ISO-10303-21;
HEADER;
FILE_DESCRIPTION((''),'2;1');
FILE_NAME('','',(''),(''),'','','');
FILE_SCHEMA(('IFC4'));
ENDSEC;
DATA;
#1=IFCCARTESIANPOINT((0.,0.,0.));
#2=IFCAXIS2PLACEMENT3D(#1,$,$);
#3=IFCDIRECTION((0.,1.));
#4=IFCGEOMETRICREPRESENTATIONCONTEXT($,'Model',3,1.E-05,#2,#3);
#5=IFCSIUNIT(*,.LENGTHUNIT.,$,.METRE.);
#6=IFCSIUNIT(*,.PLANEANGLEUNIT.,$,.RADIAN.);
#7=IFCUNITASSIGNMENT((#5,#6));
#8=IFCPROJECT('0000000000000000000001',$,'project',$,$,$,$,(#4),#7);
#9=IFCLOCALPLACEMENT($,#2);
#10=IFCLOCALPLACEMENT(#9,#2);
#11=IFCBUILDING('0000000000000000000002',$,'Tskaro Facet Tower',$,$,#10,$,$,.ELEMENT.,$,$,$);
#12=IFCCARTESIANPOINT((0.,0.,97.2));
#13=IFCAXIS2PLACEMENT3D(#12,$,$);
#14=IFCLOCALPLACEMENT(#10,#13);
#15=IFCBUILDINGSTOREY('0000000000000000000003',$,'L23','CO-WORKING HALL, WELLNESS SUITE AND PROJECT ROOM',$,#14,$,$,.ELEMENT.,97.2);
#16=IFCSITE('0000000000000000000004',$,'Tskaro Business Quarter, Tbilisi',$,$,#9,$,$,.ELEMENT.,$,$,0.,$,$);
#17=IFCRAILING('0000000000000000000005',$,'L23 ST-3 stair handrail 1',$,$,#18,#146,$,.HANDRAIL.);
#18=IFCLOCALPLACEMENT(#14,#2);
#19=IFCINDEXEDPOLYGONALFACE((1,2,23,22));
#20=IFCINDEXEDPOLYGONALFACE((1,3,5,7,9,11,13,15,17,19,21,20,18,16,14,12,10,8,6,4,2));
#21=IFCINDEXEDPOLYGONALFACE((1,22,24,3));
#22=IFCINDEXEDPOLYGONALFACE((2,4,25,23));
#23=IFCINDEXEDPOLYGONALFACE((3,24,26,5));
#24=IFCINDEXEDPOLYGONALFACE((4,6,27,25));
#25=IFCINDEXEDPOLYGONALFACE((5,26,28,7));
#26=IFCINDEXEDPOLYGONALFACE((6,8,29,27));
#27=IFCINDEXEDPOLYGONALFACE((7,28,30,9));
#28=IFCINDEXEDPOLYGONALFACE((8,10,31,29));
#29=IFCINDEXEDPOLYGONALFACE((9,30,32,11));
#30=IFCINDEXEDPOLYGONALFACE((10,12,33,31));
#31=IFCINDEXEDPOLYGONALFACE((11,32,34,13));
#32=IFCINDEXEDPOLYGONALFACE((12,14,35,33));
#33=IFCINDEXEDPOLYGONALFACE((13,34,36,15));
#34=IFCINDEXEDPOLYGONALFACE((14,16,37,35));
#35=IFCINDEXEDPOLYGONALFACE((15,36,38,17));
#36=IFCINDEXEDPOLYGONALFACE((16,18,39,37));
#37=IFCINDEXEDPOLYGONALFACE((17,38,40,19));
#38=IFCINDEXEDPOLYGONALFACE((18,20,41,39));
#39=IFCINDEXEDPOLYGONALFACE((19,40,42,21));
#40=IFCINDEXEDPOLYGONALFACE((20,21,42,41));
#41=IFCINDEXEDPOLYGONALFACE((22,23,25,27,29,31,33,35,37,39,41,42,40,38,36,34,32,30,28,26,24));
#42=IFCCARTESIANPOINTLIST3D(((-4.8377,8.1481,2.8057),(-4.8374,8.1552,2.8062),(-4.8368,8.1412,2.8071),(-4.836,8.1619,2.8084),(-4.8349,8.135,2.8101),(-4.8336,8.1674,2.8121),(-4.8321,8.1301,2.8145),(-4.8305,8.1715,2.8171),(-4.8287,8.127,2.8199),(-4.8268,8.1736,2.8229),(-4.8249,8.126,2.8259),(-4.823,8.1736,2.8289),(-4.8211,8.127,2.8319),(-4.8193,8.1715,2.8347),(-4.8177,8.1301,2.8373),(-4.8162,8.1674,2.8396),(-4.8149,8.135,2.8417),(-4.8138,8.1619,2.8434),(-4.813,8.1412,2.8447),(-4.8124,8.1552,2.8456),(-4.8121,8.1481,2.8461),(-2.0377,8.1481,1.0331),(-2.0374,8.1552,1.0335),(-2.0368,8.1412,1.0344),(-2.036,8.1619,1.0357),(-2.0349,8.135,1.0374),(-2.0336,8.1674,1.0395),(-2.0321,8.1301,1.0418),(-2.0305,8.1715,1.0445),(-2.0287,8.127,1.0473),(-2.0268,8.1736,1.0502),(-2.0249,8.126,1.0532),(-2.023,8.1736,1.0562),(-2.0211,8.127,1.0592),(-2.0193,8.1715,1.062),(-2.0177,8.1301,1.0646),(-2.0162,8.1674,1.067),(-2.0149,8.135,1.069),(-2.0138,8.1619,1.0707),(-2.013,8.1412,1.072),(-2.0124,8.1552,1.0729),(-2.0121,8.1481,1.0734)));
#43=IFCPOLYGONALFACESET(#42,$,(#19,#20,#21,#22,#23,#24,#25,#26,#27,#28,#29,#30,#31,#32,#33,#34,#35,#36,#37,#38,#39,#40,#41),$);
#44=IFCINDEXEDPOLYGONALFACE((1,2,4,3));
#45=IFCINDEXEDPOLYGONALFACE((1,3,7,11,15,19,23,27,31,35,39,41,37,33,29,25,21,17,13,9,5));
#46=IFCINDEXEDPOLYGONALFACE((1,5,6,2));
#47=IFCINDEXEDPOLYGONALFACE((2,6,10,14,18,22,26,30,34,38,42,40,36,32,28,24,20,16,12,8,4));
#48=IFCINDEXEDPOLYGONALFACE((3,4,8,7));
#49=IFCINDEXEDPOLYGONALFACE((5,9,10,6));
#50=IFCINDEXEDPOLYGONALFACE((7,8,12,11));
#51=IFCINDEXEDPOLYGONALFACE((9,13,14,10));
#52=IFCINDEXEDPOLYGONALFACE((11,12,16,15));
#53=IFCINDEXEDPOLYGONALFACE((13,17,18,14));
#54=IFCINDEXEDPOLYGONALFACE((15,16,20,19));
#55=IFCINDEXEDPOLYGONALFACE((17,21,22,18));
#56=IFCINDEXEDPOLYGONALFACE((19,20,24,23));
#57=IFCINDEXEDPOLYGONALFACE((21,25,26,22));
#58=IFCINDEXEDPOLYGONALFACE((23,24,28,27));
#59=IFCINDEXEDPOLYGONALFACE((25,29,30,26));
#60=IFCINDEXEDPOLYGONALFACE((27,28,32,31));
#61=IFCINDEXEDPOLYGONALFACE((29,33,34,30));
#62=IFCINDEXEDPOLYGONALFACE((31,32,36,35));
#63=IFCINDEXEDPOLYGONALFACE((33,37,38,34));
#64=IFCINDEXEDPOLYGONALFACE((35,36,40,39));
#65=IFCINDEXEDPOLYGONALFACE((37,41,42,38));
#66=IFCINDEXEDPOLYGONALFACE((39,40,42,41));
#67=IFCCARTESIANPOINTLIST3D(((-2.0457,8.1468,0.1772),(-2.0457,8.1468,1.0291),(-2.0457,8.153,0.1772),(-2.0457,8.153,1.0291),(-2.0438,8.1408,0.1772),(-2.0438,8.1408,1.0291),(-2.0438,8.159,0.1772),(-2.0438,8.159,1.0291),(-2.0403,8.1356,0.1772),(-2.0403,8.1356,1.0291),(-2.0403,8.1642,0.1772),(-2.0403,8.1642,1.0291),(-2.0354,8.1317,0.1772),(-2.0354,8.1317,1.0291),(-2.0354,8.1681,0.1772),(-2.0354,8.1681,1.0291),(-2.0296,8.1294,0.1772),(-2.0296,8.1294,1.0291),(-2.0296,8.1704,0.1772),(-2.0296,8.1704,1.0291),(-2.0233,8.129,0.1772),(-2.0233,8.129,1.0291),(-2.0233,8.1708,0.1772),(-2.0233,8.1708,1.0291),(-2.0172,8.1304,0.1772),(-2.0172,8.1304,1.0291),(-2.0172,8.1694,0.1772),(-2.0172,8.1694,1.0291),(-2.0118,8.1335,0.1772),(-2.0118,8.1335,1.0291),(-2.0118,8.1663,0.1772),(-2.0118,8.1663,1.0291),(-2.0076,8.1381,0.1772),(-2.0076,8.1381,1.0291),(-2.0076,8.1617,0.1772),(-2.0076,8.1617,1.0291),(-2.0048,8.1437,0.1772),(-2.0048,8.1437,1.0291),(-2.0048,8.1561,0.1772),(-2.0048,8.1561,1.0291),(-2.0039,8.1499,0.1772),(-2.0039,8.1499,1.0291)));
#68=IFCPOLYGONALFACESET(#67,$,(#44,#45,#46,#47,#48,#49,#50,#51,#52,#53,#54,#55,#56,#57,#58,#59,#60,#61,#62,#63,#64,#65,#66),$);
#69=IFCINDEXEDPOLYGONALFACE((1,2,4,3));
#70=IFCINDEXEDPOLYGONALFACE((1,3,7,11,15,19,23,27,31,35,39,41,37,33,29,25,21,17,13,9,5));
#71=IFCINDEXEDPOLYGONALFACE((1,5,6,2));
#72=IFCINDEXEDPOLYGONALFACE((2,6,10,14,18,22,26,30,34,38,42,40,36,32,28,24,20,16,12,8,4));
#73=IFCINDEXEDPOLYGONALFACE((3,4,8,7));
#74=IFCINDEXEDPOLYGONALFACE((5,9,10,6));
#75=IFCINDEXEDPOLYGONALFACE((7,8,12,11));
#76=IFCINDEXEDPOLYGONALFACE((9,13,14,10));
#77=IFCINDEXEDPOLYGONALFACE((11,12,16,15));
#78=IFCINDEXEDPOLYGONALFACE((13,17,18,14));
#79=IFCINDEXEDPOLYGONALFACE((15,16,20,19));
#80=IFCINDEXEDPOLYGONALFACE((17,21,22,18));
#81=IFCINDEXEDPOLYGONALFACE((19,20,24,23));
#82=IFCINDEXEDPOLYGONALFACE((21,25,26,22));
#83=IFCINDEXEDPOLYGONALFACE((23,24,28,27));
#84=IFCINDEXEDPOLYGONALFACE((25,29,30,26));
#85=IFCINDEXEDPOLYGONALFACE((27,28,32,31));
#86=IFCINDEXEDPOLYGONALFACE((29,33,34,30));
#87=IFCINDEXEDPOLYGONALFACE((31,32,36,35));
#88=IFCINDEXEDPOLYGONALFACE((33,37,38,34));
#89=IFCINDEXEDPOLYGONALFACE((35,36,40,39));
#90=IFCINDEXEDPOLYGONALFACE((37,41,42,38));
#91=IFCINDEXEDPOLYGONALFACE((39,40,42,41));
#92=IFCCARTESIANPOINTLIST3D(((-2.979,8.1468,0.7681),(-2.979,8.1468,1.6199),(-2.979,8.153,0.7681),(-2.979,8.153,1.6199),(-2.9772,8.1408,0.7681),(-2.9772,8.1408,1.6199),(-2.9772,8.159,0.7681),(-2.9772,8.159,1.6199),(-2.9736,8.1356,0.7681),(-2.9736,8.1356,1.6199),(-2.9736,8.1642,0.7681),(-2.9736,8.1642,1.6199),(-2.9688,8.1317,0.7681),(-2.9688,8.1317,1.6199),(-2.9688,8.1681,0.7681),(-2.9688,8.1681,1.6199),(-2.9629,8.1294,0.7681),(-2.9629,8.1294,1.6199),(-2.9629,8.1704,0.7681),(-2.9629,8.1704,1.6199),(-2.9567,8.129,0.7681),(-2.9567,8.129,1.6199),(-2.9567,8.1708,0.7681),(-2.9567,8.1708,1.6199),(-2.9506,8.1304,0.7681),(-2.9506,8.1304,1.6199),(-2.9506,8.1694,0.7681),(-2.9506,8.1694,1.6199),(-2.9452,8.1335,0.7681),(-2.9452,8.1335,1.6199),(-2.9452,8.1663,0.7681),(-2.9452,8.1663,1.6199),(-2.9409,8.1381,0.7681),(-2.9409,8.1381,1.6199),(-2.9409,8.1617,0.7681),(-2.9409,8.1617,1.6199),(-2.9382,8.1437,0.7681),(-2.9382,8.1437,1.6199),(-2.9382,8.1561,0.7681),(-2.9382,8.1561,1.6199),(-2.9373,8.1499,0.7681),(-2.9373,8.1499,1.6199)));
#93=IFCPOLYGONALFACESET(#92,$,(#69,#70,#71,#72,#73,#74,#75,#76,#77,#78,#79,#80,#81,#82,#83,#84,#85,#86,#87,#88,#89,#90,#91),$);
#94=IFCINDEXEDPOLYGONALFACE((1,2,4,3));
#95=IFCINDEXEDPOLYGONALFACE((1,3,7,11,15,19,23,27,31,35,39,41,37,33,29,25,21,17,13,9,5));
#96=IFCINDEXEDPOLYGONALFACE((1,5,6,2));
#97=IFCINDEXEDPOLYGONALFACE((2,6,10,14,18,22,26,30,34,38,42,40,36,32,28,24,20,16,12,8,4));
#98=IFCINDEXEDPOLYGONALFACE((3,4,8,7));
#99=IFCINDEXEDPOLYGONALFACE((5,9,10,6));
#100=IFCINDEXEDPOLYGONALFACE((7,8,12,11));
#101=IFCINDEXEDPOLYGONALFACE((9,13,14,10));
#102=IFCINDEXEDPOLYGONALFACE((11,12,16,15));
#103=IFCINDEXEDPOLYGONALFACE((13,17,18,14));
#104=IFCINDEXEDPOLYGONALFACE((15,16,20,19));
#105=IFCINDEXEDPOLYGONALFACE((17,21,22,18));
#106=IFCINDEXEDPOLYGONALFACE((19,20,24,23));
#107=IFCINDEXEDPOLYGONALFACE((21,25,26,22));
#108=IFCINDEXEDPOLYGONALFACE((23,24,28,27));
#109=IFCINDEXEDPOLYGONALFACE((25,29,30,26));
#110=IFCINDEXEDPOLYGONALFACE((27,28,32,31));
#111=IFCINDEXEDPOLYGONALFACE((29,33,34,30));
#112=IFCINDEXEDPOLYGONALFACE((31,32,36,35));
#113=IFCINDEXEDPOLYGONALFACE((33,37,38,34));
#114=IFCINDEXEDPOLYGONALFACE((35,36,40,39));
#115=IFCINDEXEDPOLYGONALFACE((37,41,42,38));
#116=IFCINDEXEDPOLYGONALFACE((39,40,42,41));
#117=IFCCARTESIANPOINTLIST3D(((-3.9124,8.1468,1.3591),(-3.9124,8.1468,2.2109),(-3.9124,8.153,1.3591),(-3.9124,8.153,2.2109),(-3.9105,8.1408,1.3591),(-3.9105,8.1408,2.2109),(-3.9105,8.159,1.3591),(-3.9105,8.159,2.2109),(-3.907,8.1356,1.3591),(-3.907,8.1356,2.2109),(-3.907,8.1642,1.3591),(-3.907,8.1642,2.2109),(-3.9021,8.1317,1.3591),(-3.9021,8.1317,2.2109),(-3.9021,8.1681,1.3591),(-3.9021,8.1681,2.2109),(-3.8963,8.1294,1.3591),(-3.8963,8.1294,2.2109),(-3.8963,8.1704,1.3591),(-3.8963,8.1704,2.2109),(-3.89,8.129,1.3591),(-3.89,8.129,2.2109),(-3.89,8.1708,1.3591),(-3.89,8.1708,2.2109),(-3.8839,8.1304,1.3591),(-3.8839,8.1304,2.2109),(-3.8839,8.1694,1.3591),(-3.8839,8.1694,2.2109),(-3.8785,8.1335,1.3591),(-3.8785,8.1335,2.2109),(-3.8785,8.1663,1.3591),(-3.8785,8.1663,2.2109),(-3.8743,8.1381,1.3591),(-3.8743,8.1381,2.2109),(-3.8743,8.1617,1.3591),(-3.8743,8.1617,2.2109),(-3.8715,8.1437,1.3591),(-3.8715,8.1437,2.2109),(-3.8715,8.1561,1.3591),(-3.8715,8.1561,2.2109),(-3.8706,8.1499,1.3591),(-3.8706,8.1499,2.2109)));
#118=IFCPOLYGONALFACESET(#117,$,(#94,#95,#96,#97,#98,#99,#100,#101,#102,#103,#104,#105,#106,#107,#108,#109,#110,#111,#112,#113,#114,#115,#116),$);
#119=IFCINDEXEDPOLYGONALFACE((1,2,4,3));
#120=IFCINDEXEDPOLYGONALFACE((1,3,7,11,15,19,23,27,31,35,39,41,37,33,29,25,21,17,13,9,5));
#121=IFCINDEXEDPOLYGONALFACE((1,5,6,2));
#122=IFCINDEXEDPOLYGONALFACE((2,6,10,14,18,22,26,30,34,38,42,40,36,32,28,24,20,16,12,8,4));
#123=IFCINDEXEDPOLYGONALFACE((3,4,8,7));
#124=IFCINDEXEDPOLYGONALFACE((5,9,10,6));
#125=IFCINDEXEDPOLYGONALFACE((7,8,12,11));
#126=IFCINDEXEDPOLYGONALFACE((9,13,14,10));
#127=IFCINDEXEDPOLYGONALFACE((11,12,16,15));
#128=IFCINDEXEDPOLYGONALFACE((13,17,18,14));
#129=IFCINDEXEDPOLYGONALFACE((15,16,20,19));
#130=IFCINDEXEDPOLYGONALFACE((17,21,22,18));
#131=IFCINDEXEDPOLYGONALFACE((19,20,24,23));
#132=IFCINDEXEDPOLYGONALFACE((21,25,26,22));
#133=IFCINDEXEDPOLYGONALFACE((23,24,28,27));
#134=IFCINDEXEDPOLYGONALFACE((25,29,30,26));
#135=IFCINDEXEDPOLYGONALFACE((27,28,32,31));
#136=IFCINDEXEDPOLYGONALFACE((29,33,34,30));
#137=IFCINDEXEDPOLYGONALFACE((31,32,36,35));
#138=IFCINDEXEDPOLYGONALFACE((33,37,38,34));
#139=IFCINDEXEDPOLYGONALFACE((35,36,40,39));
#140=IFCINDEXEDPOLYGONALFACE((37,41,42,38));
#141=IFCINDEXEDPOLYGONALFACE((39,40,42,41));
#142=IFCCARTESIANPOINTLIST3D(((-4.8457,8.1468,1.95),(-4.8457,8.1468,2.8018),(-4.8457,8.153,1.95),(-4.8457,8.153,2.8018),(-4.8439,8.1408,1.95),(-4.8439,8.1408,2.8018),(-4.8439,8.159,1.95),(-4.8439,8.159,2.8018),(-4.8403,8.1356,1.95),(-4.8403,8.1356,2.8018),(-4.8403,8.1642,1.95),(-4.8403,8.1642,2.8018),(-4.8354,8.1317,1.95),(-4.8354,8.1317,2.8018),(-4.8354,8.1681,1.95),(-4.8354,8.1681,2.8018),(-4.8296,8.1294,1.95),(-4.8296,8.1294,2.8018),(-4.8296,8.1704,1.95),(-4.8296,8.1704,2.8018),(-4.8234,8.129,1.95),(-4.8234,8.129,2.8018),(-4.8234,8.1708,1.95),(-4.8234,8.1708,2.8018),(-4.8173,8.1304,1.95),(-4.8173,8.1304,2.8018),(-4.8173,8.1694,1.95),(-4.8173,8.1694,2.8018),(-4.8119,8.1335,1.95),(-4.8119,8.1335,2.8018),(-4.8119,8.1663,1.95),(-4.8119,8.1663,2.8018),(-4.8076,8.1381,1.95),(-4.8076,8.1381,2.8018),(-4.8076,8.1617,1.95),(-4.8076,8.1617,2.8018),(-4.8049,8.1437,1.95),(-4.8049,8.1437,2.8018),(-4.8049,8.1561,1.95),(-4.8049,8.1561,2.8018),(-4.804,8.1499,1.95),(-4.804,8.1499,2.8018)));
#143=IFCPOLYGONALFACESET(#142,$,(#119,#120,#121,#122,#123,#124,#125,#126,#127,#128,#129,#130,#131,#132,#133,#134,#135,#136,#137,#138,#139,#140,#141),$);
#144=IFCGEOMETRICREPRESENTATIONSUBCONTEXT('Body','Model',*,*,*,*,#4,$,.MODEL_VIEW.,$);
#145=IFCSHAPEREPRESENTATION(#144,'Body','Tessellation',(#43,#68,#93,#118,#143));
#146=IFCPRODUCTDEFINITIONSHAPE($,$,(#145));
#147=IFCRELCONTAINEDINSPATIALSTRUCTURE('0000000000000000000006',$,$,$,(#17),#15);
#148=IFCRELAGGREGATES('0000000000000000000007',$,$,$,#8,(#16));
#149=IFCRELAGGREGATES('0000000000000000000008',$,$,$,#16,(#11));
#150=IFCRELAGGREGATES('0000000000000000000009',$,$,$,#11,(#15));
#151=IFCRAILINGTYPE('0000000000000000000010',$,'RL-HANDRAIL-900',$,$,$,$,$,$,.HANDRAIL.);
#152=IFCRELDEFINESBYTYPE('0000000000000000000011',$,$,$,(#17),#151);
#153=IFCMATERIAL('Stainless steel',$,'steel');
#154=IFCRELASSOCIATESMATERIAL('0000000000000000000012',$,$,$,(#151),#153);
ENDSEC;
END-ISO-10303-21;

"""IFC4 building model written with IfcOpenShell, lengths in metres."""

from ifc_helpers import new_model, si_unit, direction, frame, origin, origin_2d, place, context, subcontext, project, spatial, circle, extrude, material, type_object, element, save


model = new_model("IFC4")

# Units and contexts
model_context = context("Model", 3, precision=1e-05, world=origin(), true_north=direction((0.0, 1.0)))
body_context = subcontext(model_context, "Body", "Model", "MODEL_VIEW")
ifc_project = project(units=[si_unit("LENGTHUNIT", "METRE"), si_unit("PLANEANGLEUNIT", "RADIAN")], contexts=[model_context])

# Site, building, storey
site_placement = place(None, origin())
site = spatial("IfcSite", under=ifc_project, at=site_placement, Name="Tskaro Business Quarter, Tbilisi", CompositionType="ELEMENT", RefElevation=0.0)
building_placement = place(site_placement, origin())
building = spatial("IfcBuilding", under=site, at=building_placement, Name="Tskaro Facet Tower", CompositionType="ELEMENT")
storey_placement = place(building_placement, frame((0.0, 0.0, 97.2)))
storey = spatial("IfcBuildingStorey", under=building, at=storey_placement, Name="L23", Description="CO-WORKING HALL, WELLNESS SUITE AND PROJECT ROOM", CompositionType="ELEMENT", Elevation=97.2)

# Railing
ifc_material_1 = material(Name="Stainless steel", Category="steel")
railing_type_1 = type_object("IfcRailingType", Name="RL-HANDRAIL-900", PredefinedType="HANDRAIL", material=ifc_material_1)
railing_1_placement = place(storey_placement, frame((-2.0249, 8.1499, 0.1772)))
element("IfcRailing", 1, at=railing_1_placement, inside=storey, type_object=railing_type_1, Name="L23 ST-3 stair handrail 1", PredefinedType="HANDRAIL", context=body_context, shape_type="SweptSolid", body=[
    extrude(circle(Radius=0.0239, at=origin_2d()), frame((0.0, 0.0, 0.876), z_axis=(-0.844909, 0.0, 0.53491), x_axis=(0.0, -1.0, 0.0)), (0.0, 0.0, 1.0), 3.314),
    extrude(circle(Radius=0.021, at=origin_2d()), origin(), (0.0, 0.0, 1.0), 0.8518),
    extrude(circle(Radius=0.021, at=origin_2d()), frame((-0.9333, 0.0, 0.5908)), (0.0, 0.0, 1.0), 0.8518),
    extrude(circle(Radius=0.021, at=origin_2d()), frame((-1.8667, 0.0, 1.1819)), (0.0, 0.0, 1.0), 0.8518),
    extrude(circle(Radius=0.021, at=origin_2d()), frame((-2.8, 0.0, 1.7727)), (0.0, 0.0, 1.0), 0.8518),
])

save(model, "model.ifc")
